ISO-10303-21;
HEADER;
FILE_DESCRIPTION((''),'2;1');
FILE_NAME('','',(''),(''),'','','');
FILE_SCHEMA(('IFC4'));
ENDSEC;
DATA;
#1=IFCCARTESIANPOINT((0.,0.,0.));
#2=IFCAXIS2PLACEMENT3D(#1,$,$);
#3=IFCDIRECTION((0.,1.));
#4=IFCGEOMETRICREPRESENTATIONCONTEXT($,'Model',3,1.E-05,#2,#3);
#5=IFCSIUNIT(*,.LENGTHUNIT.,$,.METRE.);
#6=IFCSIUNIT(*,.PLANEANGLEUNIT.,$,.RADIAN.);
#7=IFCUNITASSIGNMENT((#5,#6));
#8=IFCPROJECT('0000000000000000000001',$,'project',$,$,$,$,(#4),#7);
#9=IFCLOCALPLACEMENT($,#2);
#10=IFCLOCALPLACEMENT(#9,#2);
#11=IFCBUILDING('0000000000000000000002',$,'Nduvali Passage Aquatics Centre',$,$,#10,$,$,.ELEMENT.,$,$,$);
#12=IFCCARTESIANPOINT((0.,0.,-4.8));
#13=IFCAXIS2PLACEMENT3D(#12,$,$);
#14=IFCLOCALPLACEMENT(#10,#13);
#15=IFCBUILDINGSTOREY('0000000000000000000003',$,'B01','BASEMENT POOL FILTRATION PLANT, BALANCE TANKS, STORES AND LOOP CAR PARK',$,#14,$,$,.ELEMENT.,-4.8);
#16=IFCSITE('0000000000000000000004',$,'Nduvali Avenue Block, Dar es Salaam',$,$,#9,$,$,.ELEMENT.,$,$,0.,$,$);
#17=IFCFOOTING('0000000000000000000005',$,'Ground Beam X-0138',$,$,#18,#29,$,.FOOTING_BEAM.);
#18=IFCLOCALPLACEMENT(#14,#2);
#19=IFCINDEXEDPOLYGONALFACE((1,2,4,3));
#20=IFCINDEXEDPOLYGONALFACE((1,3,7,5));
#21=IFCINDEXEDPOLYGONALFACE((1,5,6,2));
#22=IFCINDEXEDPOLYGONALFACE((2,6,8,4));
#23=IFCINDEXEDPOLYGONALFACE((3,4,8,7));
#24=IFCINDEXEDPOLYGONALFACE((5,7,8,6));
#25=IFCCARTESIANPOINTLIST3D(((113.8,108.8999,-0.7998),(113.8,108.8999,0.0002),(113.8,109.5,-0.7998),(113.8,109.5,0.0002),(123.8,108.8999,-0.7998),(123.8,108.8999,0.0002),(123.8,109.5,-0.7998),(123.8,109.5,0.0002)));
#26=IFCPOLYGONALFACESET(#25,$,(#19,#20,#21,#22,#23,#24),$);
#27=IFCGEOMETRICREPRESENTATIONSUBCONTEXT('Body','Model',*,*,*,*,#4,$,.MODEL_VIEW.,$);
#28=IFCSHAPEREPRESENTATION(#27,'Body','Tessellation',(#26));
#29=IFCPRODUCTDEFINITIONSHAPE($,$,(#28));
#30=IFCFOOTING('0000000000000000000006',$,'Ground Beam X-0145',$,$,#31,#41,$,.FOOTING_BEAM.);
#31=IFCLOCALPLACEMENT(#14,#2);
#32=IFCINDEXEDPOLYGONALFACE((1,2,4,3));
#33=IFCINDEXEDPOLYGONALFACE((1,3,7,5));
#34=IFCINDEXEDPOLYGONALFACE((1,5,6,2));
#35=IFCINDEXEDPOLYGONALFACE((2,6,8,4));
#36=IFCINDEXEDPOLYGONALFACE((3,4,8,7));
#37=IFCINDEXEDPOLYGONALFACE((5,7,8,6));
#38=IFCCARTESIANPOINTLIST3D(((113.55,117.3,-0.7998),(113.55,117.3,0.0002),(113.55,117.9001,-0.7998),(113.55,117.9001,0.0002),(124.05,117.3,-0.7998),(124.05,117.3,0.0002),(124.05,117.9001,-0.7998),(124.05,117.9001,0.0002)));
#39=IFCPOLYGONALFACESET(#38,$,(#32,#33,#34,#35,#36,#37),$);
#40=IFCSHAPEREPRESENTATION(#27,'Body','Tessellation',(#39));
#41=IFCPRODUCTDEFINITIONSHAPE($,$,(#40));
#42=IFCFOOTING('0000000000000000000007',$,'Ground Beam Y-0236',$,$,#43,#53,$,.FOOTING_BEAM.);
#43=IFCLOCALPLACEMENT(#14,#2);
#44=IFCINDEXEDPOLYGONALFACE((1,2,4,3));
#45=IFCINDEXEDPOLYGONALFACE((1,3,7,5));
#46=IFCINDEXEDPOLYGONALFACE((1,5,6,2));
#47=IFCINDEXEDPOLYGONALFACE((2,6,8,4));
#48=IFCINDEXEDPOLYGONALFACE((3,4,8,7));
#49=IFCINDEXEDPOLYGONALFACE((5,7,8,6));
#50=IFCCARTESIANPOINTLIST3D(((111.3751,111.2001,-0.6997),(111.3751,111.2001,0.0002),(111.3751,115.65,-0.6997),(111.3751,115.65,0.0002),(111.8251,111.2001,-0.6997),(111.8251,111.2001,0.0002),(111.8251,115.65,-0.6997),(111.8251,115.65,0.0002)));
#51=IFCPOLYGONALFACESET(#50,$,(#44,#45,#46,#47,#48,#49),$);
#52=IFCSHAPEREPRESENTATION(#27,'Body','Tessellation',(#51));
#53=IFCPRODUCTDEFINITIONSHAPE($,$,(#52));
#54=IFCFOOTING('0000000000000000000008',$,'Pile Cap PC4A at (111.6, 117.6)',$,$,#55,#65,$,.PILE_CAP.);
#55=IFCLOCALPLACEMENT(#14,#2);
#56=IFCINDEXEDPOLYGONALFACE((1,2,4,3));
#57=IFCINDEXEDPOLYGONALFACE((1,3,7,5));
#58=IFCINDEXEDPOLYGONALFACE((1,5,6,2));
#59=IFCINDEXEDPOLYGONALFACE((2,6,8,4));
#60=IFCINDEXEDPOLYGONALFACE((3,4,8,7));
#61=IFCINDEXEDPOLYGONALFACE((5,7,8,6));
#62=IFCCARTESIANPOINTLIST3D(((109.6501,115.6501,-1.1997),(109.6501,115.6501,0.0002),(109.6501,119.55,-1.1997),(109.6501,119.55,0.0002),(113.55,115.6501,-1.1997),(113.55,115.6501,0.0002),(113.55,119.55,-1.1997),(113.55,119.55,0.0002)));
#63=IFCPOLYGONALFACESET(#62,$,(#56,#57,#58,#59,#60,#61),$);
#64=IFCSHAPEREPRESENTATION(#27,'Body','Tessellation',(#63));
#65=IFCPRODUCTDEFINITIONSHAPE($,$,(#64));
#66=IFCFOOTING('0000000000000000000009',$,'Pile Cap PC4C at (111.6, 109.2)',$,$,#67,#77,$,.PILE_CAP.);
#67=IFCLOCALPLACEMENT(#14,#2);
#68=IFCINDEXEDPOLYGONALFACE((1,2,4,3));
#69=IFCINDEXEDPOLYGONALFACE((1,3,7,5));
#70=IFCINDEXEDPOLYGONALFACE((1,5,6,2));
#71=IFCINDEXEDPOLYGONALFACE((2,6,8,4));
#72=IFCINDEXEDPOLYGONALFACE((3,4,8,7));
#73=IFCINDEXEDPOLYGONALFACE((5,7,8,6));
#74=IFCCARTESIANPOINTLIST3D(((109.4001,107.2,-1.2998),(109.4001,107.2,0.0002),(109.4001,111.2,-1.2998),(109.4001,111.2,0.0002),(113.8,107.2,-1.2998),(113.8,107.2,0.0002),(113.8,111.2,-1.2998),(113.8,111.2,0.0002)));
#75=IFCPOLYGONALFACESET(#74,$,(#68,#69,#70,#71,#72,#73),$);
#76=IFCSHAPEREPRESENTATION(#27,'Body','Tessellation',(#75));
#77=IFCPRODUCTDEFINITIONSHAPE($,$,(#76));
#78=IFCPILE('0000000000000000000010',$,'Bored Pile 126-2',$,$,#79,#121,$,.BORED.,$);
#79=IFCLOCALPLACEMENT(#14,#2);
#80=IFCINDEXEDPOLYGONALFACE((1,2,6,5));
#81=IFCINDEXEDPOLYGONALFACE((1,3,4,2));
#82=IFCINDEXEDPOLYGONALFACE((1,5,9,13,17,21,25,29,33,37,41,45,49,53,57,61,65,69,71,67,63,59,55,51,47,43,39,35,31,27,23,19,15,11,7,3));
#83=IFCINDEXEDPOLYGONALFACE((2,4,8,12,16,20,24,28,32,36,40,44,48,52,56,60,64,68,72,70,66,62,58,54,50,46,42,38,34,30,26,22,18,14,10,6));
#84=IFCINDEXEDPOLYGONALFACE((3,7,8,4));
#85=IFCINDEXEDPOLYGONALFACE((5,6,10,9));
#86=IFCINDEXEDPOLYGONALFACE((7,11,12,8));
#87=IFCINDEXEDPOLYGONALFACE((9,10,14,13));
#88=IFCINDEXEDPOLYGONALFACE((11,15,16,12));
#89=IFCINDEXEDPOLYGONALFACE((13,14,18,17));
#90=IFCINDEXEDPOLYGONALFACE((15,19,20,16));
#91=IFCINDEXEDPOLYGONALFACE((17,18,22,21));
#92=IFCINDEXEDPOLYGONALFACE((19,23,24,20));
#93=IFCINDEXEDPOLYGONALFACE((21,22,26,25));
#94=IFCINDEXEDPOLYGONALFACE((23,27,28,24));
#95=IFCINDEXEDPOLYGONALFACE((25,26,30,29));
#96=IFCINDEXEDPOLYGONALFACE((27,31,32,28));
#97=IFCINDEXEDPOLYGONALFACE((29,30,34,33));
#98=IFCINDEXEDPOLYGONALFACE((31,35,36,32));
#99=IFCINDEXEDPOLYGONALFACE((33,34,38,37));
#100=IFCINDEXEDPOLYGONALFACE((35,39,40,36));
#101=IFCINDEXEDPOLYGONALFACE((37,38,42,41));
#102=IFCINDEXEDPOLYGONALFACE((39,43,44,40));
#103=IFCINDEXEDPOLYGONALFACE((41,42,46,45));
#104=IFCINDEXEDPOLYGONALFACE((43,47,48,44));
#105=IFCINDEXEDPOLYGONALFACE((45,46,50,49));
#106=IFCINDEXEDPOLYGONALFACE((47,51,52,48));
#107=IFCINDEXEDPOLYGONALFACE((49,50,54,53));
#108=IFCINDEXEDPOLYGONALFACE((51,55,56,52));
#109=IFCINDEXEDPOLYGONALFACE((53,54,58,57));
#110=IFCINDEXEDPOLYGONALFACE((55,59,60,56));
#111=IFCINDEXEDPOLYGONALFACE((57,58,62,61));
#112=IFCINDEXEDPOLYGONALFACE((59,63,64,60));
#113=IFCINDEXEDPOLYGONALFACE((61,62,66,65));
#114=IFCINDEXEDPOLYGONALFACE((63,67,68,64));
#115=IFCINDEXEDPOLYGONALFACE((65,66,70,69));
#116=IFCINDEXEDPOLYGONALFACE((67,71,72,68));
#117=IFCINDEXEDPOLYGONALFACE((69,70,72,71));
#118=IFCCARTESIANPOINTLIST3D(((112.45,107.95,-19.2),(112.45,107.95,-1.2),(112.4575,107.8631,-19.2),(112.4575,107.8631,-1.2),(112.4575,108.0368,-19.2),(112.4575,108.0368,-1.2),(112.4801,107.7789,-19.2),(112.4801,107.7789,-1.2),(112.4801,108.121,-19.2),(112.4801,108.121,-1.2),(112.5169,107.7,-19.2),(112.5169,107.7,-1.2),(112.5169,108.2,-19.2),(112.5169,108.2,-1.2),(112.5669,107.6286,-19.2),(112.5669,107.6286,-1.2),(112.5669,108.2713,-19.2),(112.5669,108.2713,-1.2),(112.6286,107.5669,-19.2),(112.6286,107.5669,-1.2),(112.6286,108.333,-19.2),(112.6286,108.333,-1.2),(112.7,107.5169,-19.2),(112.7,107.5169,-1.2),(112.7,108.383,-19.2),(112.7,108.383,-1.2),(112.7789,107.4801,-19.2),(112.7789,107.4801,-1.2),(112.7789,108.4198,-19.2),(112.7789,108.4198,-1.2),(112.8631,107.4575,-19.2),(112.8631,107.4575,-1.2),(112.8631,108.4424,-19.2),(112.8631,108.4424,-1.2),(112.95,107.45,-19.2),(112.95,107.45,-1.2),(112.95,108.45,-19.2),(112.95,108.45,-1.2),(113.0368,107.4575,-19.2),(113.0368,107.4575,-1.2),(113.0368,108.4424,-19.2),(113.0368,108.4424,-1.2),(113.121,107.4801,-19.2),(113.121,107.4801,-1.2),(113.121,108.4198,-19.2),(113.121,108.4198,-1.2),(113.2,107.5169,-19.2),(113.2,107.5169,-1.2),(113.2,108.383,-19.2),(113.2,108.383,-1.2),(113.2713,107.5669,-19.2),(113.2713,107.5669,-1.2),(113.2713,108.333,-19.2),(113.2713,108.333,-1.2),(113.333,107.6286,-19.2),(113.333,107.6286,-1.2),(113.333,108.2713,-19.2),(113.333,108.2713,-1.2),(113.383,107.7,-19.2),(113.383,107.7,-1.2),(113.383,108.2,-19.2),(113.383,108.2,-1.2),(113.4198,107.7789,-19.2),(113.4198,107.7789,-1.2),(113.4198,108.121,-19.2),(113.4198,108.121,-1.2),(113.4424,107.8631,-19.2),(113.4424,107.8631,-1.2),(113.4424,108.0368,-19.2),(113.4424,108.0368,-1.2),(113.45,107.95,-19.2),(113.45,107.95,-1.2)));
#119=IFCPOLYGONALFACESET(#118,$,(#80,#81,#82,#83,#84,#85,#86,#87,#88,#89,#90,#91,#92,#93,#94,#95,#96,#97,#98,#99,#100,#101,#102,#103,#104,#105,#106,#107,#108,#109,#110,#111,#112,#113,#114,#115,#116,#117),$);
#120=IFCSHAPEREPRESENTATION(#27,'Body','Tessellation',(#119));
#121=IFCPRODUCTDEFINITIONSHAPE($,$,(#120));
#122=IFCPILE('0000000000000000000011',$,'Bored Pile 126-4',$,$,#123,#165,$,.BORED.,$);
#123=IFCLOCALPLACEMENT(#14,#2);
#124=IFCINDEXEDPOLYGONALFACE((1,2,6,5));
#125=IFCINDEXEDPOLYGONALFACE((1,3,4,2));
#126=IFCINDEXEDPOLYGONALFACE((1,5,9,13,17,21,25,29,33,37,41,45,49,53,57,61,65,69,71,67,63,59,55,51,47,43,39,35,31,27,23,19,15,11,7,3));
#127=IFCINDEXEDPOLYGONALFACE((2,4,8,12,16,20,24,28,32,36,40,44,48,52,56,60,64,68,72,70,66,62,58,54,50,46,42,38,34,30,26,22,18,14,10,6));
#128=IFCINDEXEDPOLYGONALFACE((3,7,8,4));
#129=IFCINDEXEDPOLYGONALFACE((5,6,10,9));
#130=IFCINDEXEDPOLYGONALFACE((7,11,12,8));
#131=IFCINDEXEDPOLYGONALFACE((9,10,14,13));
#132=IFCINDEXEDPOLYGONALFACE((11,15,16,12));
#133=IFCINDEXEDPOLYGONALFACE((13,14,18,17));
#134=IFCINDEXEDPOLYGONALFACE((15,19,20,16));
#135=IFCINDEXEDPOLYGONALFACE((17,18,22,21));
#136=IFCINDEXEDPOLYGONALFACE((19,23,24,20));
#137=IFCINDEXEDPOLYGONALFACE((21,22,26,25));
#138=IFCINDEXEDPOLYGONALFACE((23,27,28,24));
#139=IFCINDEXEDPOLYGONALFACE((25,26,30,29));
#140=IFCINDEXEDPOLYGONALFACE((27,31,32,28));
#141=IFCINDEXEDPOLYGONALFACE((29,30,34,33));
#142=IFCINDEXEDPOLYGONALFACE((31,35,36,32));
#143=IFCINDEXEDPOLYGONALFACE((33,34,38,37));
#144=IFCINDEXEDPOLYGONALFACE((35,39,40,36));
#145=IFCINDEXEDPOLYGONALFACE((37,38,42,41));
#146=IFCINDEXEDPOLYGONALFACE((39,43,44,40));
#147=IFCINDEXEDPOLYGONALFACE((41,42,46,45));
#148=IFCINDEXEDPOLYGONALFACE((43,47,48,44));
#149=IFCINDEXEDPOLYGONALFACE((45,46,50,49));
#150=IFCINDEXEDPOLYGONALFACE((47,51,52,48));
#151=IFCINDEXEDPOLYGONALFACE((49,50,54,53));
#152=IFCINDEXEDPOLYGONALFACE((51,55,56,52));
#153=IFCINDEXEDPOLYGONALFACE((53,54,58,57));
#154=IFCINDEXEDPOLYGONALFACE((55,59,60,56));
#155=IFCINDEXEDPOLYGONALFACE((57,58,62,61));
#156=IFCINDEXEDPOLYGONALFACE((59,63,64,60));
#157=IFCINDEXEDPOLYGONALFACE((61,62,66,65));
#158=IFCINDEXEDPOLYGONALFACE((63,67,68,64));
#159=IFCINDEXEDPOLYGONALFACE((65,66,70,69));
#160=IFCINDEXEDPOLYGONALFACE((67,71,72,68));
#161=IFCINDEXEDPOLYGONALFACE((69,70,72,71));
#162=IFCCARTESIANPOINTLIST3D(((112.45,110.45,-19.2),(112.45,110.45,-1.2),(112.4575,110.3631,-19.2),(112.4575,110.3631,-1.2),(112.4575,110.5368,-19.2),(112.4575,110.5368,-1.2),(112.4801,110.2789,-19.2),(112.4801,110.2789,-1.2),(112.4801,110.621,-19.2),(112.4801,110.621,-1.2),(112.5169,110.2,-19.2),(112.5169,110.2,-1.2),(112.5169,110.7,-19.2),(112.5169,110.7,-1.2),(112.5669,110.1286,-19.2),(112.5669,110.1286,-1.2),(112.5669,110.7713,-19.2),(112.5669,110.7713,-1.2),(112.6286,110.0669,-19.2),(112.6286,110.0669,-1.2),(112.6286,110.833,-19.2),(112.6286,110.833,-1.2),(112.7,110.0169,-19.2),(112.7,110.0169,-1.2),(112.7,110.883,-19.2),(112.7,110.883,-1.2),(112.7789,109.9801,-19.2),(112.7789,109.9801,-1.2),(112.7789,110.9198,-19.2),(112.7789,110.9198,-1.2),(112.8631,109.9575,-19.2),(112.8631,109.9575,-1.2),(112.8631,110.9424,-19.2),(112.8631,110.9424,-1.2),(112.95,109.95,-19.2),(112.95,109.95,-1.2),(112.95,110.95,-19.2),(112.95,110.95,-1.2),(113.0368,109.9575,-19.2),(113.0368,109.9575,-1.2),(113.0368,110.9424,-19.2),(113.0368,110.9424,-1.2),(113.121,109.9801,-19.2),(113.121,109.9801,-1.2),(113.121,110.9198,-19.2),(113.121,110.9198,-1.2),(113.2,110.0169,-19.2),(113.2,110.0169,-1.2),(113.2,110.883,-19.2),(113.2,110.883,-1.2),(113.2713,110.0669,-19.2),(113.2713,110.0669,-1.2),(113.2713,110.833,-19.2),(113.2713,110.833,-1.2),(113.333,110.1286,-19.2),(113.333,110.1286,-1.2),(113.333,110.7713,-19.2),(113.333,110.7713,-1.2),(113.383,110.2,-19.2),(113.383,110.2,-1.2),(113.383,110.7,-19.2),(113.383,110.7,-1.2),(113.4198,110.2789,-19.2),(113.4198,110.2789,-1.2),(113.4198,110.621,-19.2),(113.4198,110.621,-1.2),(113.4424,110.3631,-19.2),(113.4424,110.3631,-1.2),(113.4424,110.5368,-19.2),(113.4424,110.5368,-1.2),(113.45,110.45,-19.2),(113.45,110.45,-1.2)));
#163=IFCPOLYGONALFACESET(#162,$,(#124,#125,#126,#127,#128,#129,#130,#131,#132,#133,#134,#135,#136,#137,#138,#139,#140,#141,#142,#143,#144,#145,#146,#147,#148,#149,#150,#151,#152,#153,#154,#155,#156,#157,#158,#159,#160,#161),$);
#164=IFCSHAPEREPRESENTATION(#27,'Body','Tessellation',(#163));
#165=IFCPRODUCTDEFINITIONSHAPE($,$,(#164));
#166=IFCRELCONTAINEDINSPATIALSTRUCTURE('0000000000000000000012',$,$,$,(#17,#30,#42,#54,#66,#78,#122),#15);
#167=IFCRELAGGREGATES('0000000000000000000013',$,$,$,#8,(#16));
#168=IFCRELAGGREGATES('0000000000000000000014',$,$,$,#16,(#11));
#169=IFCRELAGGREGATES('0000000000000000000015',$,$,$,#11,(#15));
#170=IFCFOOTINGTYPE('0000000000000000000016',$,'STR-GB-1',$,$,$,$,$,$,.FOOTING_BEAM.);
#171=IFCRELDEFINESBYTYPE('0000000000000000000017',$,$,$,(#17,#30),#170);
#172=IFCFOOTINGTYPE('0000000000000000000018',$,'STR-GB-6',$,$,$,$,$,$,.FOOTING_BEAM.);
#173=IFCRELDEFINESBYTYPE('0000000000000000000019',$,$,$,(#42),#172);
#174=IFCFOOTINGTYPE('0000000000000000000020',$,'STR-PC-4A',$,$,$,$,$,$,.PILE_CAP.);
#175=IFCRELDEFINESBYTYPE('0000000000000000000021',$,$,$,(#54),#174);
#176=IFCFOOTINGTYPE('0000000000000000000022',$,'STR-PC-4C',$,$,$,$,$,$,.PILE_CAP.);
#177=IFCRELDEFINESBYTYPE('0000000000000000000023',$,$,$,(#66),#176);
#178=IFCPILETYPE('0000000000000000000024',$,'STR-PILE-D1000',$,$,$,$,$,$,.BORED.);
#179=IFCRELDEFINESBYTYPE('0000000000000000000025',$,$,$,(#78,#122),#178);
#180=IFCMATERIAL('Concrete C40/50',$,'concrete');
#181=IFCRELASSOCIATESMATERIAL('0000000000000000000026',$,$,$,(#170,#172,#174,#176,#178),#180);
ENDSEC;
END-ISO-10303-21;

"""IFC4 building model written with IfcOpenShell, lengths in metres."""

from ifc_helpers import new_model, si_unit, direction, frame, origin, origin_2d, place, context, subcontext, project, spatial, rectangle, circle, extrude, material, material_profile, profile_set, type_object, element, save


model = new_model("IFC4")

# Units and contexts
model_context = context("Model", 3, precision=1e-05, world=origin(), true_north=direction((0.0, 1.0)))
body_context = subcontext(model_context, "Body", "Model", "MODEL_VIEW")
ifc_project = project(units=[si_unit("LENGTHUNIT", "METRE"), si_unit("PLANEANGLEUNIT", "RADIAN")], contexts=[model_context])

# Site, building, storey
site_placement = place(None, origin())
site = spatial("IfcSite", under=ifc_project, at=site_placement, Name="Nduvali Avenue Block, Dar es Salaam", CompositionType="ELEMENT", RefElevation=0.0)
building_placement = place(site_placement, origin())
building = spatial("IfcBuilding", under=site, at=building_placement, Name="Nduvali Passage Aquatics Centre", CompositionType="ELEMENT")
storey_placement = place(building_placement, frame((0.0, 0.0, -4.8)))
storey = spatial("IfcBuildingStorey", under=building, at=storey_placement, Name="B01", Description="BASEMENT POOL FILTRATION PLANT, BALANCE TANKS, STORES AND LOOP CAR PARK", CompositionType="ELEMENT", Elevation=-4.8)

# Footings
ifc_material_1 = material(Name="Concrete C40/50", Category="concrete")
footing_type_1 = type_object("IfcFootingType", Name="STR-GB-1", PredefinedType="FOOTING_BEAM", material=ifc_material_1)
footing_1_placement = place(storey_placement, frame((118.8, 109.2, -0.7998), z_axis=(0.0, 0.0, 1.0), x_axis=(1.0, 0.0, 0.0)))
element("IfcFooting", 1, at=footing_1_placement, inside=storey, type_object=footing_type_1, Name="Ground Beam X-0138", PredefinedType="FOOTING_BEAM", context=body_context, shape_type="SweptSolid", body=[
    extrude(rectangle(XDim=10.0, YDim=0.6001, at=origin_2d()), origin(), (0.0, 0.0, 1.0), 0.8),
])
footing_2_placement = place(storey_placement, frame((118.8, 117.6001, -0.7998), z_axis=(0.0, 0.0, 1.0), x_axis=(1.0, 0.0, 0.0)))
element("IfcFooting", 2, at=footing_2_placement, inside=storey, type_object=footing_type_1, Name="Ground Beam X-0145", PredefinedType="FOOTING_BEAM", context=body_context, shape_type="SweptSolid", body=[
    extrude(rectangle(XDim=10.5, YDim=0.6001, at=origin_2d()), origin(), (0.0, 0.0, 1.0), 0.8),
])
footing_type_2 = type_object("IfcFootingType", Name="STR-GB-6", PredefinedType="FOOTING_BEAM", material=ifc_material_1)
footing_3_placement = place(storey_placement, frame((111.6001, 113.425, -0.6997), z_axis=(0.0, 0.0, 1.0), x_axis=(0.0, 1.0, 0.0)))
element("IfcFooting", 3, at=footing_3_placement, inside=storey, type_object=footing_type_2, Name="Ground Beam Y-0236", PredefinedType="FOOTING_BEAM", context=body_context, shape_type="SweptSolid", body=[
    extrude(rectangle(XDim=4.45, YDim=0.45, at=origin_2d()), origin(), (0.0, 0.0, 1.0), 0.7),
])
footing_type_3 = type_object("IfcFootingType", Name="STR-PC-4A", PredefinedType="PILE_CAP", material=ifc_material_1)
footing_4_placement = place(storey_placement, frame((111.6001, 117.6001, -1.1997), z_axis=(0.0, 0.0, 1.0), x_axis=(1.0, 0.0, 0.0)))
element("IfcFooting", 4, at=footing_4_placement, inside=storey, type_object=footing_type_3, Name="Pile Cap PC4A at (111.6, 117.6)", PredefinedType="PILE_CAP", context=body_context, shape_type="SweptSolid", body=[
    extrude(rectangle(XDim=3.8999, YDim=3.8999, at=origin_2d()), origin(), (0.0, 0.0, 1.0), 1.2),
])
footing_type_4 = type_object("IfcFootingType", Name="STR-PC-4C", PredefinedType="PILE_CAP", material=ifc_material_1)
footing_5_placement = place(storey_placement, frame((111.6001, 109.2, -1.2998), z_axis=(0.0, 0.0, 1.0), x_axis=(1.0, 0.0, 0.0)))
element("IfcFooting", 5, at=footing_5_placement, inside=storey, type_object=footing_type_4, Name="Pile Cap PC4C at (111.6, 109.2)", PredefinedType="PILE_CAP", context=body_context, shape_type="SweptSolid", body=[
    extrude(rectangle(XDim=4.3999, YDim=4.0, at=origin_2d()), origin(), (0.0, 0.0, 1.0), 1.3),
])

# Piles
ifc_material_profile_1 = material_profile(ifc_material_1, circle(Radius=0.5, at=origin_2d()), Name="PILE D1000")
ifc_profile_set_1 = profile_set([ifc_material_profile_1], Name="Concrete C40/50")
pile_type_1 = type_object("IfcPileType", Name="STR-PILE-D1000", PredefinedType="BORED", material=ifc_profile_set_1)
for number, where, z_axis, x_axis, name in (
    (6, (112.95, 107.95, -1.2), (0.0, 0.0, -1.0), (1.0, 0.0, 0.0), "Bored Pile 126-2"),
    (7, (112.95, 110.45, -1.2), (0.0, 0.0, -1.0), (1.0, 0.0, 0.0), "Bored Pile 126-4"),
):
    element("IfcPile", number, at=place(storey_placement, frame(where, z_axis=z_axis, x_axis=x_axis)), inside=storey, type_object=pile_type_1, Name=name, PredefinedType="BORED", context=body_context, shape_type="SweptSolid", body=[
        extrude(circle(Radius=0.5, at=origin_2d()), origin(), (0.0, 0.0, 1.0), 18.0),
    ])

save(model, "model.ifc")
